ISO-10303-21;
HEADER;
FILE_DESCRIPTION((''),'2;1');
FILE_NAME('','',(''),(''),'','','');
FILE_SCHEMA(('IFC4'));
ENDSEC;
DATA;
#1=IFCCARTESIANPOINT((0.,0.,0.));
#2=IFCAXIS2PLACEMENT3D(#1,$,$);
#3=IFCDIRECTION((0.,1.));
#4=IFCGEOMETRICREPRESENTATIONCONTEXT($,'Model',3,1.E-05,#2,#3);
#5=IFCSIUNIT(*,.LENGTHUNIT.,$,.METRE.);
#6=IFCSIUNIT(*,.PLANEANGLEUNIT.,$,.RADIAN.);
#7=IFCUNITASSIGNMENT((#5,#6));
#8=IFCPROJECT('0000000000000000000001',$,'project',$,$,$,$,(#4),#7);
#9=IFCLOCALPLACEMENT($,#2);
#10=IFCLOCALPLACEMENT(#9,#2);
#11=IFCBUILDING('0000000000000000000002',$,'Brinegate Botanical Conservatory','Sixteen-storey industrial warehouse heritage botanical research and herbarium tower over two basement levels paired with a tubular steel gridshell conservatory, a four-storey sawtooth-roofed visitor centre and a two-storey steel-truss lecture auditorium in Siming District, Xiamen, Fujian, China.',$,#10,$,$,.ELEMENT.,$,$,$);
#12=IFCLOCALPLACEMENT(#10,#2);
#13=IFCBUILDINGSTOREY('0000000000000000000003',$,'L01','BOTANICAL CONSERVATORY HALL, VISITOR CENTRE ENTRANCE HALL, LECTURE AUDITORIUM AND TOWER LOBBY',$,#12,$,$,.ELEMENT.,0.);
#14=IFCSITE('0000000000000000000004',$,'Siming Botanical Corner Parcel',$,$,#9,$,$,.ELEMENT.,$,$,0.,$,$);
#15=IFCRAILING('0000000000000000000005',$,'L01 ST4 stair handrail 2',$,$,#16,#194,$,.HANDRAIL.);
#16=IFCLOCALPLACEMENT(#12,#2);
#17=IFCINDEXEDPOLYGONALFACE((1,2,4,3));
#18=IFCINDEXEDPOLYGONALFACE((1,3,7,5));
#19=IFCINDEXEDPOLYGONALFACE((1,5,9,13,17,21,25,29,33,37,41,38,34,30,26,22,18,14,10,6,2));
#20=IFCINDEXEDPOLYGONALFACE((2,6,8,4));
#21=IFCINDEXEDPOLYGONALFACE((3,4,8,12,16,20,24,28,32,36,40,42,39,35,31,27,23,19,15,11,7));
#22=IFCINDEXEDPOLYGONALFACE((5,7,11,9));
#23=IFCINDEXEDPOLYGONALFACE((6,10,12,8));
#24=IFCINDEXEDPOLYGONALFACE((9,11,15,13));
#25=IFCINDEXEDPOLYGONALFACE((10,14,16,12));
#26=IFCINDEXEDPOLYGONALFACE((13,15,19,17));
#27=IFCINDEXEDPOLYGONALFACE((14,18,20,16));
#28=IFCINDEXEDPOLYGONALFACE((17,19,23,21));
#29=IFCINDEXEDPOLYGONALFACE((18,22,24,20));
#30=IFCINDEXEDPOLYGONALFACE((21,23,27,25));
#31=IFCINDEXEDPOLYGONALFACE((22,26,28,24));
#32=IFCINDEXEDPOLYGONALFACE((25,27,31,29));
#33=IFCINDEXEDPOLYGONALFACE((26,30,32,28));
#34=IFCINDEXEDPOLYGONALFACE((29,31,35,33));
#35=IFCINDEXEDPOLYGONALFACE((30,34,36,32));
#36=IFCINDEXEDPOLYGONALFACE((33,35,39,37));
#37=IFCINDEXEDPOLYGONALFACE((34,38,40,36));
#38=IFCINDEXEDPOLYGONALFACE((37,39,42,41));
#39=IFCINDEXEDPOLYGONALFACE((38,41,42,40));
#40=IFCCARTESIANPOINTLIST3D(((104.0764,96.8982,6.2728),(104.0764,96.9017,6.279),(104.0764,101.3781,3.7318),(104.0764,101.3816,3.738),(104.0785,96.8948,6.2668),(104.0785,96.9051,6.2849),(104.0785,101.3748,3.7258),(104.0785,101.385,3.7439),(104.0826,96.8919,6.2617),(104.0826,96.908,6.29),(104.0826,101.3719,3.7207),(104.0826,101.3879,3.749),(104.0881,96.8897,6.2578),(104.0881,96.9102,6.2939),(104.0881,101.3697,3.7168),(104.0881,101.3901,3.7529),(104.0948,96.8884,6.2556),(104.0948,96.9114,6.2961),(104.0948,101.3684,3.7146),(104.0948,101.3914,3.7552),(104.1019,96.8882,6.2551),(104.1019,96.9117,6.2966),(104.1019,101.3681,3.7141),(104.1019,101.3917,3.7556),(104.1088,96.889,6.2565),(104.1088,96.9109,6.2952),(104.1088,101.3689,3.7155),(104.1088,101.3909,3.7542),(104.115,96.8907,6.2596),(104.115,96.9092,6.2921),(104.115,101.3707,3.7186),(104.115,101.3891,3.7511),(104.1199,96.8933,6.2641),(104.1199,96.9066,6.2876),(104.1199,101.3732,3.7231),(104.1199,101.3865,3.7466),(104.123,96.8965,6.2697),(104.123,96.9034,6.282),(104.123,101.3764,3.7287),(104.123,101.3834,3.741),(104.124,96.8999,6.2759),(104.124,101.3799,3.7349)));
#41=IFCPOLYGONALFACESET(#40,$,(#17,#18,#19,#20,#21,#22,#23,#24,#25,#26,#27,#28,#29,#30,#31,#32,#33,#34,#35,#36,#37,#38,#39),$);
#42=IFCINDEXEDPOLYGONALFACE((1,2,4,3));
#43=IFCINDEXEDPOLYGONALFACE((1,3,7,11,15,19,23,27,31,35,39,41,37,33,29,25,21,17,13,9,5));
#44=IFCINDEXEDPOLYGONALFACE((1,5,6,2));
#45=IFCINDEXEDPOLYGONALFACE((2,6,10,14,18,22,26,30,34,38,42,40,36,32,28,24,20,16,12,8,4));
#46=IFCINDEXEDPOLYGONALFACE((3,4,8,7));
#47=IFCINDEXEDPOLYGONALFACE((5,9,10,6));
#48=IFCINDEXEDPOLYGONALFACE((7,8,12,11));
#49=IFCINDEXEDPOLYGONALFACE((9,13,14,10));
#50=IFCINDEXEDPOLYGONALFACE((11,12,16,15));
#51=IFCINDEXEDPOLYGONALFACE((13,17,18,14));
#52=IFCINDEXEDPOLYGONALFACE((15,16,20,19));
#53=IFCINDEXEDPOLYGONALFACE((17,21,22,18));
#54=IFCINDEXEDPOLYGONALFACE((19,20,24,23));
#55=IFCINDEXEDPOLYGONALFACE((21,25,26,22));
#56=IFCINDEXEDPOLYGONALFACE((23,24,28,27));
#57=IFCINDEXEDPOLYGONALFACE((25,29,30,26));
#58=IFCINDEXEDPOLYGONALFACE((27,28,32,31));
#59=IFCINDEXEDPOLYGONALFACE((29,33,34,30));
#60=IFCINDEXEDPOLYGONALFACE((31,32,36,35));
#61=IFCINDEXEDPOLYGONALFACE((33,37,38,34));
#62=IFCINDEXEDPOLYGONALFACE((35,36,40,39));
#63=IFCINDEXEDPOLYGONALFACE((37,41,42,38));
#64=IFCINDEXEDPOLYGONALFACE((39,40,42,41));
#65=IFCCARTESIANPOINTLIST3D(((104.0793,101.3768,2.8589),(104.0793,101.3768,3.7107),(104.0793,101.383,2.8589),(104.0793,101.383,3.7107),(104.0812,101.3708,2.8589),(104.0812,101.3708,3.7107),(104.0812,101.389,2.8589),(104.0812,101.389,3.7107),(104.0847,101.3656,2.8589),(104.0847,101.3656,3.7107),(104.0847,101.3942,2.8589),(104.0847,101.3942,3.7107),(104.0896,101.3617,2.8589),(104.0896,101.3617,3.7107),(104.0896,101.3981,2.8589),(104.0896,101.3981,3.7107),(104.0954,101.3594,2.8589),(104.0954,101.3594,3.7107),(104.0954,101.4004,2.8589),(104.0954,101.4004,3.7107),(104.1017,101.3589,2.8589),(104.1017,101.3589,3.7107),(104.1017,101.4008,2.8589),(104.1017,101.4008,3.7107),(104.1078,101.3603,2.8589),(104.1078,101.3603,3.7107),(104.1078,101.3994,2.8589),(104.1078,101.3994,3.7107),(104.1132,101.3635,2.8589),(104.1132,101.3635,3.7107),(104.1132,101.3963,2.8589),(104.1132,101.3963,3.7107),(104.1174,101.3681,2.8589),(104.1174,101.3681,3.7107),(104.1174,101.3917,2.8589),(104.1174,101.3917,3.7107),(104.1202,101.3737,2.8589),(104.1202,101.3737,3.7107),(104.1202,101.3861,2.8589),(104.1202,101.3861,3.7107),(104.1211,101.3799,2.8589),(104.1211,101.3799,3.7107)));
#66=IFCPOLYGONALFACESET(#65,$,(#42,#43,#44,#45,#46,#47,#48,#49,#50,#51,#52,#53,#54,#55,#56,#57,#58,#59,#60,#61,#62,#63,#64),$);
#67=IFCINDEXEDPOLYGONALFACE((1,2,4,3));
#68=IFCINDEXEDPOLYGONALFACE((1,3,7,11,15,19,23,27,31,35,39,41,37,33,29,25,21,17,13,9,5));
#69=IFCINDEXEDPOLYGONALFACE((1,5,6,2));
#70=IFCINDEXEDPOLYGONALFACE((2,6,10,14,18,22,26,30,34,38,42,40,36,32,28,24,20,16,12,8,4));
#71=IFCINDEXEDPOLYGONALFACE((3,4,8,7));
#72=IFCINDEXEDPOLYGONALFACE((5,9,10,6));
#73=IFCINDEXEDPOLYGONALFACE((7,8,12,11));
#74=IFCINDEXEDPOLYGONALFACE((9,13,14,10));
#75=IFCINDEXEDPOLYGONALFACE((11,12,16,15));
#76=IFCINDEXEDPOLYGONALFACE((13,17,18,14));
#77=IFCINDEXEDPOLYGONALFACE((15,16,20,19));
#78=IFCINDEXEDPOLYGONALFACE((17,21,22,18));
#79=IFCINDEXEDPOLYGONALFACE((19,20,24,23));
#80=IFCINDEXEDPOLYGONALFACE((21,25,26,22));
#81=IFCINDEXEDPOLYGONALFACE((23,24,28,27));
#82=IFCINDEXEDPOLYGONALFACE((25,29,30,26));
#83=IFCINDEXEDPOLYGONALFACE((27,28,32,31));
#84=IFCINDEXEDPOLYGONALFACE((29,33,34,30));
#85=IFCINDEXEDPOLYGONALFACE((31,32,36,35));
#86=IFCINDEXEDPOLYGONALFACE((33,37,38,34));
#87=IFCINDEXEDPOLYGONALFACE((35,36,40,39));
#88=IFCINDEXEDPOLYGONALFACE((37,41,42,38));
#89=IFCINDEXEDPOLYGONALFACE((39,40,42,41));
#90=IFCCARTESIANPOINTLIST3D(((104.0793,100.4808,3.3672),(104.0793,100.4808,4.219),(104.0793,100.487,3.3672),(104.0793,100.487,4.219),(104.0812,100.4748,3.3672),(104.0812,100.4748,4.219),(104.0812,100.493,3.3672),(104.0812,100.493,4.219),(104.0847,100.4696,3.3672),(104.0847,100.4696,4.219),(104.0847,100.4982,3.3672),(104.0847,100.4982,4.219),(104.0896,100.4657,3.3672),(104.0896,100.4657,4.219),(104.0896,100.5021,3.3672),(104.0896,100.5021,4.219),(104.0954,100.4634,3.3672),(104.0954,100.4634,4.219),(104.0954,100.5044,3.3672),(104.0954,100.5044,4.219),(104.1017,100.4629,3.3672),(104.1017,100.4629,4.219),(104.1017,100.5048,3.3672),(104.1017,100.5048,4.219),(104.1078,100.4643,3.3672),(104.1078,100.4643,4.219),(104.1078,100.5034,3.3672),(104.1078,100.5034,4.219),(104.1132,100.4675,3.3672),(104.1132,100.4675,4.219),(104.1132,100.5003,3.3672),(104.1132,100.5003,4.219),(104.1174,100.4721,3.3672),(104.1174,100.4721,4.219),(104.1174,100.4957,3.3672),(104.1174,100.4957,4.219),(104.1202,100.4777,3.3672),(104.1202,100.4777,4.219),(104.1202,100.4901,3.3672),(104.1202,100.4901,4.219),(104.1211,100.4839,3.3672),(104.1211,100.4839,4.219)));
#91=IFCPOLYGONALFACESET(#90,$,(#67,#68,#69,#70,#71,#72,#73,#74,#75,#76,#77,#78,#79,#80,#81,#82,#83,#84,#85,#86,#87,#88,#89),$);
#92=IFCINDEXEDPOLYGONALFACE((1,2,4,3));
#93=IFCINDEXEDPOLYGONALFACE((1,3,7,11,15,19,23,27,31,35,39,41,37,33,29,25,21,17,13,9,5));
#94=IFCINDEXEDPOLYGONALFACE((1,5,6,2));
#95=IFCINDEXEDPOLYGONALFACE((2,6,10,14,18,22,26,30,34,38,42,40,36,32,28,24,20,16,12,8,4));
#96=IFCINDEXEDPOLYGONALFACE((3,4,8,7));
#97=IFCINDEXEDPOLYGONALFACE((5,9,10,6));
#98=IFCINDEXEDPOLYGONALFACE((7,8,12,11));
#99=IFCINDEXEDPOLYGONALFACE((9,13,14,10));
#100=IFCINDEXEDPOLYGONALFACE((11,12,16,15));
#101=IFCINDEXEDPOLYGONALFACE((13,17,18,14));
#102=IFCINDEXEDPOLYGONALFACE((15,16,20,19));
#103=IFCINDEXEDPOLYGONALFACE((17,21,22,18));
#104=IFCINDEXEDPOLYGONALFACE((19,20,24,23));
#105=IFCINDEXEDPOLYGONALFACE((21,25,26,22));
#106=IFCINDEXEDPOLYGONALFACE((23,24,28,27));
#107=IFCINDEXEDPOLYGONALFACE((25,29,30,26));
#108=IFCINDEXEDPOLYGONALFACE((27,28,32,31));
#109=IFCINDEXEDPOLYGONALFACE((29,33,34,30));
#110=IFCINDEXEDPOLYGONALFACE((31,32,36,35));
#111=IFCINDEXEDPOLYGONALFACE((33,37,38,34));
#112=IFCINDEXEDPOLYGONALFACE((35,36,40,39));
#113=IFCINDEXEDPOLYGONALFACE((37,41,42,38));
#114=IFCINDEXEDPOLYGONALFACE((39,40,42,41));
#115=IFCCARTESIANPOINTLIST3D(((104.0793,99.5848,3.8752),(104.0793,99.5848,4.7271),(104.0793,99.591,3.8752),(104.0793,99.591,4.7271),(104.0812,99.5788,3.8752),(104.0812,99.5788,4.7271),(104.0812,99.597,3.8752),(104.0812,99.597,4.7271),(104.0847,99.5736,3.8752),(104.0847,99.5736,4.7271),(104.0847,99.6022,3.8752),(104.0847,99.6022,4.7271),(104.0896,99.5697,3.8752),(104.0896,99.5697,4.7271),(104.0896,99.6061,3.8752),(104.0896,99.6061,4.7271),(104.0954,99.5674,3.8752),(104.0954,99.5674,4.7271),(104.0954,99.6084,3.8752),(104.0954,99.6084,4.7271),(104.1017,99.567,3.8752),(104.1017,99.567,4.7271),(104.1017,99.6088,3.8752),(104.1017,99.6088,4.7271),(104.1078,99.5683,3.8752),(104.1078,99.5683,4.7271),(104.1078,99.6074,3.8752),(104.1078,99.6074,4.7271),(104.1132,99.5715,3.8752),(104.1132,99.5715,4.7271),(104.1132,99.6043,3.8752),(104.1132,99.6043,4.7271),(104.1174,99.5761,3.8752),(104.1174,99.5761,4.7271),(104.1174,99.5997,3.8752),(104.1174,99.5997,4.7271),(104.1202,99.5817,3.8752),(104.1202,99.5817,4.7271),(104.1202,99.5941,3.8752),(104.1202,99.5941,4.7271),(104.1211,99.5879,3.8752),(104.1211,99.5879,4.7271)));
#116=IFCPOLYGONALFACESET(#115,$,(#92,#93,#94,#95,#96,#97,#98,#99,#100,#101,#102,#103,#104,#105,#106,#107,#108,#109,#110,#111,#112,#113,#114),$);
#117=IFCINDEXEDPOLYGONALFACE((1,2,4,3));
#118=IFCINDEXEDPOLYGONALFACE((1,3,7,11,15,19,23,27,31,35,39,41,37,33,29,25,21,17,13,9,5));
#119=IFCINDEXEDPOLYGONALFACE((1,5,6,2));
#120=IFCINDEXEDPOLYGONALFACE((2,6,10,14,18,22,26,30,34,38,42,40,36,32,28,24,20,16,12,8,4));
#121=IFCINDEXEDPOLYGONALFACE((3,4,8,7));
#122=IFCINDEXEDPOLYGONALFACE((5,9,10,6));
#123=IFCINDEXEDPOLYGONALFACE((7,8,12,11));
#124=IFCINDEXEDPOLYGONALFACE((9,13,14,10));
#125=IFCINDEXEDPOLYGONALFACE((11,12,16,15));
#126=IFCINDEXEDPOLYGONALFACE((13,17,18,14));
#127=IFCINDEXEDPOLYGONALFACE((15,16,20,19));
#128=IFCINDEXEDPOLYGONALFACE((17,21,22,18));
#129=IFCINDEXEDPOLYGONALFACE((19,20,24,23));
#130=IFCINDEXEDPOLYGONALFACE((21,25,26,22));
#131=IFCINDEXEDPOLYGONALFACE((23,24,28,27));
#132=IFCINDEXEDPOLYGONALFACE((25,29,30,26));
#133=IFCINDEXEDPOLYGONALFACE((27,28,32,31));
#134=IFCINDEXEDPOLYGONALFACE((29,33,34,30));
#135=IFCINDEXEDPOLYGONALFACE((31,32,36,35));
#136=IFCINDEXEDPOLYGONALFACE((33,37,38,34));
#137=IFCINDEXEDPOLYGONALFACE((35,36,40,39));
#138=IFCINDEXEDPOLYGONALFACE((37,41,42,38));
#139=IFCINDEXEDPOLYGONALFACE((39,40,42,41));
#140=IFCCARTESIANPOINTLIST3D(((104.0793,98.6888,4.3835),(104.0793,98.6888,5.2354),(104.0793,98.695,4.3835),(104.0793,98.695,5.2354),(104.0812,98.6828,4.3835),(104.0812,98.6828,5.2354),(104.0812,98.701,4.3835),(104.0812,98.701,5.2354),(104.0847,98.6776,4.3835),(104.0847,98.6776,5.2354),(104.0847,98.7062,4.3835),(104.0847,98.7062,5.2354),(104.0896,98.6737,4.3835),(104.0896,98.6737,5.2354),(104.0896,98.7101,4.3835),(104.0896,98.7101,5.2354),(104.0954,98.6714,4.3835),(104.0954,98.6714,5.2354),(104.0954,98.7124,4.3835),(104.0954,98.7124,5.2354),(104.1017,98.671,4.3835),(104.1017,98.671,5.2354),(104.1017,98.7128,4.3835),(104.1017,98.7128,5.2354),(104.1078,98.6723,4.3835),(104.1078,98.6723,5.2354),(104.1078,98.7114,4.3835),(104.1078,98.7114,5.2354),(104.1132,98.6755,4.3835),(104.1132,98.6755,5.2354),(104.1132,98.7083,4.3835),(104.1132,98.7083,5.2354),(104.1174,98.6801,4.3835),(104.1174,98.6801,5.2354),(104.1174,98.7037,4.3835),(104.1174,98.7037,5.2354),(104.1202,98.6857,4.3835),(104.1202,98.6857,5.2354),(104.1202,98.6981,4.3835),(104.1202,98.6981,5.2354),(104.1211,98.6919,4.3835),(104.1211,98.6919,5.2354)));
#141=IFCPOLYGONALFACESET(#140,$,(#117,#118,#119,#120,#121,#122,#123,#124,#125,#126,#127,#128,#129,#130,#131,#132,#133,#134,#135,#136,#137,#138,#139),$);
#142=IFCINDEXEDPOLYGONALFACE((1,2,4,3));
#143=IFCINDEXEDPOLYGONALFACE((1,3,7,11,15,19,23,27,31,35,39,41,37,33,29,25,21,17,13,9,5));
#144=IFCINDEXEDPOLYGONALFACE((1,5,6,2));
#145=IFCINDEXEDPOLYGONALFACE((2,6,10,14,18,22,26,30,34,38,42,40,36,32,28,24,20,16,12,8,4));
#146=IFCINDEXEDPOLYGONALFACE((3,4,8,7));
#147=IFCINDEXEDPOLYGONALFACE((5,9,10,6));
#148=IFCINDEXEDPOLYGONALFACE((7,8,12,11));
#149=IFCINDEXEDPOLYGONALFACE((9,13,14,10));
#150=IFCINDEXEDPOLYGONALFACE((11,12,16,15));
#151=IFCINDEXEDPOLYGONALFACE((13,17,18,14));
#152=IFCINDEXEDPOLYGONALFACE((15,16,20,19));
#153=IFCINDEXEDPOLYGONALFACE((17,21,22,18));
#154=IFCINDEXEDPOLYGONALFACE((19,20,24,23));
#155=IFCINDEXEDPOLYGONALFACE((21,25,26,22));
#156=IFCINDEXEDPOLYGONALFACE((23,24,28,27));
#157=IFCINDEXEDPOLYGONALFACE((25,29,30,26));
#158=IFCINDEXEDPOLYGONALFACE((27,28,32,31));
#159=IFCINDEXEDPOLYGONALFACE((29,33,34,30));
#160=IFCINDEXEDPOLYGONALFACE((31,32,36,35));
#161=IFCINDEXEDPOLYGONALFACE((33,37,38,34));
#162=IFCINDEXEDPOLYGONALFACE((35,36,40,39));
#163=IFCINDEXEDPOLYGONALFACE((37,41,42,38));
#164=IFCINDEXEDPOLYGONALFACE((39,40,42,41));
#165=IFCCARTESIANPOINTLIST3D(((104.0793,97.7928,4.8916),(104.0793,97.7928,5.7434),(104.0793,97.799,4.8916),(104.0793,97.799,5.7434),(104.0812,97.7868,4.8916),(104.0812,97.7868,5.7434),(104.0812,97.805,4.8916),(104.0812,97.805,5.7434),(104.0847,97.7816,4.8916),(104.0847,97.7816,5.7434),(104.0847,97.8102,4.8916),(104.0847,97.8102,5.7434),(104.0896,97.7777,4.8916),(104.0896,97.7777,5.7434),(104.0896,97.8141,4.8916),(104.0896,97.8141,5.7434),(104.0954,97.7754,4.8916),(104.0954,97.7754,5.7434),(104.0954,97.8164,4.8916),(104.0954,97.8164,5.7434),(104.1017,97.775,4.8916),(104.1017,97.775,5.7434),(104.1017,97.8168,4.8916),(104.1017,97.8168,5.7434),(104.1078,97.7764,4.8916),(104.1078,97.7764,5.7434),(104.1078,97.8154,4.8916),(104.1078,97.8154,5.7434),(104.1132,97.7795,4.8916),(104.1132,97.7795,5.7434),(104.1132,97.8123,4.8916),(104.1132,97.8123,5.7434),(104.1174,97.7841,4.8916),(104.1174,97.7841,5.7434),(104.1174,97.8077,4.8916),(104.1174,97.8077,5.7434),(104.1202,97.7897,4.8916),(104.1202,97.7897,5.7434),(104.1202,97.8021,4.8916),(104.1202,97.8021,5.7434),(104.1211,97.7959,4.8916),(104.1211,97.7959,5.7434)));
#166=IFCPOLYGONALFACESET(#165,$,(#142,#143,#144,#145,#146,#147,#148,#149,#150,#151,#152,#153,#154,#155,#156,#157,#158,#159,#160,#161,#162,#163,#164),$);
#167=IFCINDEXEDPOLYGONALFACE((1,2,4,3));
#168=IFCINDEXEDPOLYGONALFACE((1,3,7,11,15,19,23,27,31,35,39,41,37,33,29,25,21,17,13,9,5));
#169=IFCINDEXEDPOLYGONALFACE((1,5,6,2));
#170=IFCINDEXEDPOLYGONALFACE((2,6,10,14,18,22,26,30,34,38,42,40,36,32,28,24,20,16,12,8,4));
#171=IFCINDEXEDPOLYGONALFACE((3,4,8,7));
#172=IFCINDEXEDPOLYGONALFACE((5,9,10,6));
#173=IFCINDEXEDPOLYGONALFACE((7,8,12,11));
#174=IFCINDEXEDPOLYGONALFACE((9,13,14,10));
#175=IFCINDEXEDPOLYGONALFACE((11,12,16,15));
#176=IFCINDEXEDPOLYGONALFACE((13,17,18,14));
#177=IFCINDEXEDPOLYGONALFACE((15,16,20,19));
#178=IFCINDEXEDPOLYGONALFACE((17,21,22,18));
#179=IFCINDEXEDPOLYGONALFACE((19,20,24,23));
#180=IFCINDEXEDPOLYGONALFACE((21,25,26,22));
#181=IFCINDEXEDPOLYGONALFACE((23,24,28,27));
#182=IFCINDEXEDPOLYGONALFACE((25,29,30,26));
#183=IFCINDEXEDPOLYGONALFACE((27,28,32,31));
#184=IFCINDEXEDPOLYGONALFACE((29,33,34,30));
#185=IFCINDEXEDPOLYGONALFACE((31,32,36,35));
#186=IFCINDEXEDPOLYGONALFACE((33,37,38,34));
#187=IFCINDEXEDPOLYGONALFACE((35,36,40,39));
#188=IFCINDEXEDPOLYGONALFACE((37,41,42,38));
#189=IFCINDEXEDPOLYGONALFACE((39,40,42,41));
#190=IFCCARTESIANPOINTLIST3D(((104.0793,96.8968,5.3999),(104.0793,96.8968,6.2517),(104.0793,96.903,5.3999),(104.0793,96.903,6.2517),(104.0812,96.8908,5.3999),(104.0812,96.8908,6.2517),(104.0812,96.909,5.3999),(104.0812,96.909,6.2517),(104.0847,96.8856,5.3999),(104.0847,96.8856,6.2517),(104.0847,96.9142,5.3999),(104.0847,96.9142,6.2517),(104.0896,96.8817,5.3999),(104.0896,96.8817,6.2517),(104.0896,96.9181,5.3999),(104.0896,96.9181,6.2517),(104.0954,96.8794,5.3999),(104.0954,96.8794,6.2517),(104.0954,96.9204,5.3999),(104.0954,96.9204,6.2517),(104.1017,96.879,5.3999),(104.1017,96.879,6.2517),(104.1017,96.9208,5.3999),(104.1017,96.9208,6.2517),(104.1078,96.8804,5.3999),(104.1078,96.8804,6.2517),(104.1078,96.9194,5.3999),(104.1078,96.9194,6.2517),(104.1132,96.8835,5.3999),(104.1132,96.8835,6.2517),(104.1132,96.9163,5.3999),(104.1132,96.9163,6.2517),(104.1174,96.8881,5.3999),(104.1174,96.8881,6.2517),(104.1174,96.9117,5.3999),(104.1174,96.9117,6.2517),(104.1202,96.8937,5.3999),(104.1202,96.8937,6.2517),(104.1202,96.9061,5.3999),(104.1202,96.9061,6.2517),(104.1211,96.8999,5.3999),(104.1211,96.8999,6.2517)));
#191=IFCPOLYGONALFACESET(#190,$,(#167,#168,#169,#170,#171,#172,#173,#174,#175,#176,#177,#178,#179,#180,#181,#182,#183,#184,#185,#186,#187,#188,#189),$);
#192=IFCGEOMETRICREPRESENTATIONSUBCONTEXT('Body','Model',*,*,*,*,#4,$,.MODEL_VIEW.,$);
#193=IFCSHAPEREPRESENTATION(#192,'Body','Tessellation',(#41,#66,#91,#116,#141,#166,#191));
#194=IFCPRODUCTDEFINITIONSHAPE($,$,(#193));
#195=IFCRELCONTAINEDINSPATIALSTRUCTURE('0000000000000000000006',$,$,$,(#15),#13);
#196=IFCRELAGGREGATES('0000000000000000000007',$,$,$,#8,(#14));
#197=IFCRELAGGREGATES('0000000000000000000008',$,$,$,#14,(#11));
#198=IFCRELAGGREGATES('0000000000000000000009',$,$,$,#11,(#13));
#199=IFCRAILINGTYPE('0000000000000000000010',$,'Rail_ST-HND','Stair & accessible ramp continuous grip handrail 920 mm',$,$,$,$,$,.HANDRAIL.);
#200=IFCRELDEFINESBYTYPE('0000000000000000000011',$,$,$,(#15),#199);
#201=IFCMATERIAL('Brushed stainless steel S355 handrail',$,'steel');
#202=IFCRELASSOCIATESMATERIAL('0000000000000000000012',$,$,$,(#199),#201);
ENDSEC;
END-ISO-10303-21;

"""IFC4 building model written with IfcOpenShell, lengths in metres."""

from ifc_helpers import new_model, si_unit, direction, frame, origin, origin_2d, place, context, subcontext, project, spatial, circle, extrude, material, type_object, element, save


model = new_model("IFC4")

# Units and contexts
model_context = context("Model", 3, precision=1e-05, world=origin(), true_north=direction((0.0, 1.0)))
body_context = subcontext(model_context, "Body", "Model", "MODEL_VIEW")
ifc_project = project(units=[si_unit("LENGTHUNIT", "METRE"), si_unit("PLANEANGLEUNIT", "RADIAN")], contexts=[model_context])

# Site, building, storey
site_placement = place(None, origin())
site = spatial("IfcSite", under=ifc_project, at=site_placement, Name="Siming Botanical Corner Parcel", CompositionType="ELEMENT", RefElevation=0.0)
building_placement = place(site_placement, origin())
building = spatial("IfcBuilding", under=site, at=building_placement, Name="Brinegate Botanical Conservatory", Description="Sixteen-storey industrial warehouse heritage botanical research and herbarium tower over two basement levels paired with a tubular steel gridshell conservatory, a four-storey sawtooth-roofed visitor centre and a two-storey steel-truss lecture auditorium in Siming District, Xiamen, Fujian, China.", CompositionType="ELEMENT")
storey_placement = place(building_placement, origin())
storey = spatial("IfcBuildingStorey", under=building, at=storey_placement, Name="L01", Description="BOTANICAL CONSERVATORY HALL, VISITOR CENTRE ENTRANCE HALL, LECTURE AUDITORIUM AND TOWER LOBBY", CompositionType="ELEMENT", Elevation=0.0)

# Railing
ifc_material_1 = material(Name="Brushed stainless steel S355 handrail", Category="steel")
railing_type_1 = type_object("IfcRailingType", Name="Rail_ST-HND", Description="Stair & accessible ramp continuous grip handrail 920 mm", PredefinedType="HANDRAIL", material=ifc_material_1)
railing_1_placement = place(storey_placement, frame((104.1001, 101.3799, 2.8589)))
element("IfcRailing", 1, at=railing_1_placement, inside=storey, type_object=railing_type_1, Name="L01 ST4 stair handrail 2", PredefinedType="HANDRAIL", context=body_context, shape_type="SweptSolid", body=[
    extrude(circle(Radius=0.0239, at=origin_2d()), frame((0.0, 0.0, 0.876), z_axis=(0.0, -0.869826, 0.493359), x_axis=(1.0, 0.0, 0.0)), (0.0, 0.0, 1.0), 5.1504),
    extrude(circle(Radius=0.021, at=origin_2d()), origin(), (0.0, 0.0, 1.0), 0.8518),
    extrude(circle(Radius=0.021, at=origin_2d()), frame((0.0, -0.896, 0.5083)), (0.0, 0.0, 1.0), 0.8518),
    extrude(circle(Radius=0.021, at=origin_2d()), frame((0.0, -1.792, 1.0164)), (0.0, 0.0, 1.0), 0.8518),
    extrude(circle(Radius=0.021, at=origin_2d()), frame((0.0, -2.688, 1.5247)), (0.0, 0.0, 1.0), 0.8518),
    extrude(circle(Radius=0.021, at=origin_2d()), frame((0.0, -3.584, 2.0327)), (0.0, 0.0, 1.0), 0.8518),
    extrude(circle(Radius=0.021, at=origin_2d()), frame((0.0, -4.48, 2.541)), (0.0, 0.0, 1.0), 0.8518),
])

save(model, "model.ifc")
